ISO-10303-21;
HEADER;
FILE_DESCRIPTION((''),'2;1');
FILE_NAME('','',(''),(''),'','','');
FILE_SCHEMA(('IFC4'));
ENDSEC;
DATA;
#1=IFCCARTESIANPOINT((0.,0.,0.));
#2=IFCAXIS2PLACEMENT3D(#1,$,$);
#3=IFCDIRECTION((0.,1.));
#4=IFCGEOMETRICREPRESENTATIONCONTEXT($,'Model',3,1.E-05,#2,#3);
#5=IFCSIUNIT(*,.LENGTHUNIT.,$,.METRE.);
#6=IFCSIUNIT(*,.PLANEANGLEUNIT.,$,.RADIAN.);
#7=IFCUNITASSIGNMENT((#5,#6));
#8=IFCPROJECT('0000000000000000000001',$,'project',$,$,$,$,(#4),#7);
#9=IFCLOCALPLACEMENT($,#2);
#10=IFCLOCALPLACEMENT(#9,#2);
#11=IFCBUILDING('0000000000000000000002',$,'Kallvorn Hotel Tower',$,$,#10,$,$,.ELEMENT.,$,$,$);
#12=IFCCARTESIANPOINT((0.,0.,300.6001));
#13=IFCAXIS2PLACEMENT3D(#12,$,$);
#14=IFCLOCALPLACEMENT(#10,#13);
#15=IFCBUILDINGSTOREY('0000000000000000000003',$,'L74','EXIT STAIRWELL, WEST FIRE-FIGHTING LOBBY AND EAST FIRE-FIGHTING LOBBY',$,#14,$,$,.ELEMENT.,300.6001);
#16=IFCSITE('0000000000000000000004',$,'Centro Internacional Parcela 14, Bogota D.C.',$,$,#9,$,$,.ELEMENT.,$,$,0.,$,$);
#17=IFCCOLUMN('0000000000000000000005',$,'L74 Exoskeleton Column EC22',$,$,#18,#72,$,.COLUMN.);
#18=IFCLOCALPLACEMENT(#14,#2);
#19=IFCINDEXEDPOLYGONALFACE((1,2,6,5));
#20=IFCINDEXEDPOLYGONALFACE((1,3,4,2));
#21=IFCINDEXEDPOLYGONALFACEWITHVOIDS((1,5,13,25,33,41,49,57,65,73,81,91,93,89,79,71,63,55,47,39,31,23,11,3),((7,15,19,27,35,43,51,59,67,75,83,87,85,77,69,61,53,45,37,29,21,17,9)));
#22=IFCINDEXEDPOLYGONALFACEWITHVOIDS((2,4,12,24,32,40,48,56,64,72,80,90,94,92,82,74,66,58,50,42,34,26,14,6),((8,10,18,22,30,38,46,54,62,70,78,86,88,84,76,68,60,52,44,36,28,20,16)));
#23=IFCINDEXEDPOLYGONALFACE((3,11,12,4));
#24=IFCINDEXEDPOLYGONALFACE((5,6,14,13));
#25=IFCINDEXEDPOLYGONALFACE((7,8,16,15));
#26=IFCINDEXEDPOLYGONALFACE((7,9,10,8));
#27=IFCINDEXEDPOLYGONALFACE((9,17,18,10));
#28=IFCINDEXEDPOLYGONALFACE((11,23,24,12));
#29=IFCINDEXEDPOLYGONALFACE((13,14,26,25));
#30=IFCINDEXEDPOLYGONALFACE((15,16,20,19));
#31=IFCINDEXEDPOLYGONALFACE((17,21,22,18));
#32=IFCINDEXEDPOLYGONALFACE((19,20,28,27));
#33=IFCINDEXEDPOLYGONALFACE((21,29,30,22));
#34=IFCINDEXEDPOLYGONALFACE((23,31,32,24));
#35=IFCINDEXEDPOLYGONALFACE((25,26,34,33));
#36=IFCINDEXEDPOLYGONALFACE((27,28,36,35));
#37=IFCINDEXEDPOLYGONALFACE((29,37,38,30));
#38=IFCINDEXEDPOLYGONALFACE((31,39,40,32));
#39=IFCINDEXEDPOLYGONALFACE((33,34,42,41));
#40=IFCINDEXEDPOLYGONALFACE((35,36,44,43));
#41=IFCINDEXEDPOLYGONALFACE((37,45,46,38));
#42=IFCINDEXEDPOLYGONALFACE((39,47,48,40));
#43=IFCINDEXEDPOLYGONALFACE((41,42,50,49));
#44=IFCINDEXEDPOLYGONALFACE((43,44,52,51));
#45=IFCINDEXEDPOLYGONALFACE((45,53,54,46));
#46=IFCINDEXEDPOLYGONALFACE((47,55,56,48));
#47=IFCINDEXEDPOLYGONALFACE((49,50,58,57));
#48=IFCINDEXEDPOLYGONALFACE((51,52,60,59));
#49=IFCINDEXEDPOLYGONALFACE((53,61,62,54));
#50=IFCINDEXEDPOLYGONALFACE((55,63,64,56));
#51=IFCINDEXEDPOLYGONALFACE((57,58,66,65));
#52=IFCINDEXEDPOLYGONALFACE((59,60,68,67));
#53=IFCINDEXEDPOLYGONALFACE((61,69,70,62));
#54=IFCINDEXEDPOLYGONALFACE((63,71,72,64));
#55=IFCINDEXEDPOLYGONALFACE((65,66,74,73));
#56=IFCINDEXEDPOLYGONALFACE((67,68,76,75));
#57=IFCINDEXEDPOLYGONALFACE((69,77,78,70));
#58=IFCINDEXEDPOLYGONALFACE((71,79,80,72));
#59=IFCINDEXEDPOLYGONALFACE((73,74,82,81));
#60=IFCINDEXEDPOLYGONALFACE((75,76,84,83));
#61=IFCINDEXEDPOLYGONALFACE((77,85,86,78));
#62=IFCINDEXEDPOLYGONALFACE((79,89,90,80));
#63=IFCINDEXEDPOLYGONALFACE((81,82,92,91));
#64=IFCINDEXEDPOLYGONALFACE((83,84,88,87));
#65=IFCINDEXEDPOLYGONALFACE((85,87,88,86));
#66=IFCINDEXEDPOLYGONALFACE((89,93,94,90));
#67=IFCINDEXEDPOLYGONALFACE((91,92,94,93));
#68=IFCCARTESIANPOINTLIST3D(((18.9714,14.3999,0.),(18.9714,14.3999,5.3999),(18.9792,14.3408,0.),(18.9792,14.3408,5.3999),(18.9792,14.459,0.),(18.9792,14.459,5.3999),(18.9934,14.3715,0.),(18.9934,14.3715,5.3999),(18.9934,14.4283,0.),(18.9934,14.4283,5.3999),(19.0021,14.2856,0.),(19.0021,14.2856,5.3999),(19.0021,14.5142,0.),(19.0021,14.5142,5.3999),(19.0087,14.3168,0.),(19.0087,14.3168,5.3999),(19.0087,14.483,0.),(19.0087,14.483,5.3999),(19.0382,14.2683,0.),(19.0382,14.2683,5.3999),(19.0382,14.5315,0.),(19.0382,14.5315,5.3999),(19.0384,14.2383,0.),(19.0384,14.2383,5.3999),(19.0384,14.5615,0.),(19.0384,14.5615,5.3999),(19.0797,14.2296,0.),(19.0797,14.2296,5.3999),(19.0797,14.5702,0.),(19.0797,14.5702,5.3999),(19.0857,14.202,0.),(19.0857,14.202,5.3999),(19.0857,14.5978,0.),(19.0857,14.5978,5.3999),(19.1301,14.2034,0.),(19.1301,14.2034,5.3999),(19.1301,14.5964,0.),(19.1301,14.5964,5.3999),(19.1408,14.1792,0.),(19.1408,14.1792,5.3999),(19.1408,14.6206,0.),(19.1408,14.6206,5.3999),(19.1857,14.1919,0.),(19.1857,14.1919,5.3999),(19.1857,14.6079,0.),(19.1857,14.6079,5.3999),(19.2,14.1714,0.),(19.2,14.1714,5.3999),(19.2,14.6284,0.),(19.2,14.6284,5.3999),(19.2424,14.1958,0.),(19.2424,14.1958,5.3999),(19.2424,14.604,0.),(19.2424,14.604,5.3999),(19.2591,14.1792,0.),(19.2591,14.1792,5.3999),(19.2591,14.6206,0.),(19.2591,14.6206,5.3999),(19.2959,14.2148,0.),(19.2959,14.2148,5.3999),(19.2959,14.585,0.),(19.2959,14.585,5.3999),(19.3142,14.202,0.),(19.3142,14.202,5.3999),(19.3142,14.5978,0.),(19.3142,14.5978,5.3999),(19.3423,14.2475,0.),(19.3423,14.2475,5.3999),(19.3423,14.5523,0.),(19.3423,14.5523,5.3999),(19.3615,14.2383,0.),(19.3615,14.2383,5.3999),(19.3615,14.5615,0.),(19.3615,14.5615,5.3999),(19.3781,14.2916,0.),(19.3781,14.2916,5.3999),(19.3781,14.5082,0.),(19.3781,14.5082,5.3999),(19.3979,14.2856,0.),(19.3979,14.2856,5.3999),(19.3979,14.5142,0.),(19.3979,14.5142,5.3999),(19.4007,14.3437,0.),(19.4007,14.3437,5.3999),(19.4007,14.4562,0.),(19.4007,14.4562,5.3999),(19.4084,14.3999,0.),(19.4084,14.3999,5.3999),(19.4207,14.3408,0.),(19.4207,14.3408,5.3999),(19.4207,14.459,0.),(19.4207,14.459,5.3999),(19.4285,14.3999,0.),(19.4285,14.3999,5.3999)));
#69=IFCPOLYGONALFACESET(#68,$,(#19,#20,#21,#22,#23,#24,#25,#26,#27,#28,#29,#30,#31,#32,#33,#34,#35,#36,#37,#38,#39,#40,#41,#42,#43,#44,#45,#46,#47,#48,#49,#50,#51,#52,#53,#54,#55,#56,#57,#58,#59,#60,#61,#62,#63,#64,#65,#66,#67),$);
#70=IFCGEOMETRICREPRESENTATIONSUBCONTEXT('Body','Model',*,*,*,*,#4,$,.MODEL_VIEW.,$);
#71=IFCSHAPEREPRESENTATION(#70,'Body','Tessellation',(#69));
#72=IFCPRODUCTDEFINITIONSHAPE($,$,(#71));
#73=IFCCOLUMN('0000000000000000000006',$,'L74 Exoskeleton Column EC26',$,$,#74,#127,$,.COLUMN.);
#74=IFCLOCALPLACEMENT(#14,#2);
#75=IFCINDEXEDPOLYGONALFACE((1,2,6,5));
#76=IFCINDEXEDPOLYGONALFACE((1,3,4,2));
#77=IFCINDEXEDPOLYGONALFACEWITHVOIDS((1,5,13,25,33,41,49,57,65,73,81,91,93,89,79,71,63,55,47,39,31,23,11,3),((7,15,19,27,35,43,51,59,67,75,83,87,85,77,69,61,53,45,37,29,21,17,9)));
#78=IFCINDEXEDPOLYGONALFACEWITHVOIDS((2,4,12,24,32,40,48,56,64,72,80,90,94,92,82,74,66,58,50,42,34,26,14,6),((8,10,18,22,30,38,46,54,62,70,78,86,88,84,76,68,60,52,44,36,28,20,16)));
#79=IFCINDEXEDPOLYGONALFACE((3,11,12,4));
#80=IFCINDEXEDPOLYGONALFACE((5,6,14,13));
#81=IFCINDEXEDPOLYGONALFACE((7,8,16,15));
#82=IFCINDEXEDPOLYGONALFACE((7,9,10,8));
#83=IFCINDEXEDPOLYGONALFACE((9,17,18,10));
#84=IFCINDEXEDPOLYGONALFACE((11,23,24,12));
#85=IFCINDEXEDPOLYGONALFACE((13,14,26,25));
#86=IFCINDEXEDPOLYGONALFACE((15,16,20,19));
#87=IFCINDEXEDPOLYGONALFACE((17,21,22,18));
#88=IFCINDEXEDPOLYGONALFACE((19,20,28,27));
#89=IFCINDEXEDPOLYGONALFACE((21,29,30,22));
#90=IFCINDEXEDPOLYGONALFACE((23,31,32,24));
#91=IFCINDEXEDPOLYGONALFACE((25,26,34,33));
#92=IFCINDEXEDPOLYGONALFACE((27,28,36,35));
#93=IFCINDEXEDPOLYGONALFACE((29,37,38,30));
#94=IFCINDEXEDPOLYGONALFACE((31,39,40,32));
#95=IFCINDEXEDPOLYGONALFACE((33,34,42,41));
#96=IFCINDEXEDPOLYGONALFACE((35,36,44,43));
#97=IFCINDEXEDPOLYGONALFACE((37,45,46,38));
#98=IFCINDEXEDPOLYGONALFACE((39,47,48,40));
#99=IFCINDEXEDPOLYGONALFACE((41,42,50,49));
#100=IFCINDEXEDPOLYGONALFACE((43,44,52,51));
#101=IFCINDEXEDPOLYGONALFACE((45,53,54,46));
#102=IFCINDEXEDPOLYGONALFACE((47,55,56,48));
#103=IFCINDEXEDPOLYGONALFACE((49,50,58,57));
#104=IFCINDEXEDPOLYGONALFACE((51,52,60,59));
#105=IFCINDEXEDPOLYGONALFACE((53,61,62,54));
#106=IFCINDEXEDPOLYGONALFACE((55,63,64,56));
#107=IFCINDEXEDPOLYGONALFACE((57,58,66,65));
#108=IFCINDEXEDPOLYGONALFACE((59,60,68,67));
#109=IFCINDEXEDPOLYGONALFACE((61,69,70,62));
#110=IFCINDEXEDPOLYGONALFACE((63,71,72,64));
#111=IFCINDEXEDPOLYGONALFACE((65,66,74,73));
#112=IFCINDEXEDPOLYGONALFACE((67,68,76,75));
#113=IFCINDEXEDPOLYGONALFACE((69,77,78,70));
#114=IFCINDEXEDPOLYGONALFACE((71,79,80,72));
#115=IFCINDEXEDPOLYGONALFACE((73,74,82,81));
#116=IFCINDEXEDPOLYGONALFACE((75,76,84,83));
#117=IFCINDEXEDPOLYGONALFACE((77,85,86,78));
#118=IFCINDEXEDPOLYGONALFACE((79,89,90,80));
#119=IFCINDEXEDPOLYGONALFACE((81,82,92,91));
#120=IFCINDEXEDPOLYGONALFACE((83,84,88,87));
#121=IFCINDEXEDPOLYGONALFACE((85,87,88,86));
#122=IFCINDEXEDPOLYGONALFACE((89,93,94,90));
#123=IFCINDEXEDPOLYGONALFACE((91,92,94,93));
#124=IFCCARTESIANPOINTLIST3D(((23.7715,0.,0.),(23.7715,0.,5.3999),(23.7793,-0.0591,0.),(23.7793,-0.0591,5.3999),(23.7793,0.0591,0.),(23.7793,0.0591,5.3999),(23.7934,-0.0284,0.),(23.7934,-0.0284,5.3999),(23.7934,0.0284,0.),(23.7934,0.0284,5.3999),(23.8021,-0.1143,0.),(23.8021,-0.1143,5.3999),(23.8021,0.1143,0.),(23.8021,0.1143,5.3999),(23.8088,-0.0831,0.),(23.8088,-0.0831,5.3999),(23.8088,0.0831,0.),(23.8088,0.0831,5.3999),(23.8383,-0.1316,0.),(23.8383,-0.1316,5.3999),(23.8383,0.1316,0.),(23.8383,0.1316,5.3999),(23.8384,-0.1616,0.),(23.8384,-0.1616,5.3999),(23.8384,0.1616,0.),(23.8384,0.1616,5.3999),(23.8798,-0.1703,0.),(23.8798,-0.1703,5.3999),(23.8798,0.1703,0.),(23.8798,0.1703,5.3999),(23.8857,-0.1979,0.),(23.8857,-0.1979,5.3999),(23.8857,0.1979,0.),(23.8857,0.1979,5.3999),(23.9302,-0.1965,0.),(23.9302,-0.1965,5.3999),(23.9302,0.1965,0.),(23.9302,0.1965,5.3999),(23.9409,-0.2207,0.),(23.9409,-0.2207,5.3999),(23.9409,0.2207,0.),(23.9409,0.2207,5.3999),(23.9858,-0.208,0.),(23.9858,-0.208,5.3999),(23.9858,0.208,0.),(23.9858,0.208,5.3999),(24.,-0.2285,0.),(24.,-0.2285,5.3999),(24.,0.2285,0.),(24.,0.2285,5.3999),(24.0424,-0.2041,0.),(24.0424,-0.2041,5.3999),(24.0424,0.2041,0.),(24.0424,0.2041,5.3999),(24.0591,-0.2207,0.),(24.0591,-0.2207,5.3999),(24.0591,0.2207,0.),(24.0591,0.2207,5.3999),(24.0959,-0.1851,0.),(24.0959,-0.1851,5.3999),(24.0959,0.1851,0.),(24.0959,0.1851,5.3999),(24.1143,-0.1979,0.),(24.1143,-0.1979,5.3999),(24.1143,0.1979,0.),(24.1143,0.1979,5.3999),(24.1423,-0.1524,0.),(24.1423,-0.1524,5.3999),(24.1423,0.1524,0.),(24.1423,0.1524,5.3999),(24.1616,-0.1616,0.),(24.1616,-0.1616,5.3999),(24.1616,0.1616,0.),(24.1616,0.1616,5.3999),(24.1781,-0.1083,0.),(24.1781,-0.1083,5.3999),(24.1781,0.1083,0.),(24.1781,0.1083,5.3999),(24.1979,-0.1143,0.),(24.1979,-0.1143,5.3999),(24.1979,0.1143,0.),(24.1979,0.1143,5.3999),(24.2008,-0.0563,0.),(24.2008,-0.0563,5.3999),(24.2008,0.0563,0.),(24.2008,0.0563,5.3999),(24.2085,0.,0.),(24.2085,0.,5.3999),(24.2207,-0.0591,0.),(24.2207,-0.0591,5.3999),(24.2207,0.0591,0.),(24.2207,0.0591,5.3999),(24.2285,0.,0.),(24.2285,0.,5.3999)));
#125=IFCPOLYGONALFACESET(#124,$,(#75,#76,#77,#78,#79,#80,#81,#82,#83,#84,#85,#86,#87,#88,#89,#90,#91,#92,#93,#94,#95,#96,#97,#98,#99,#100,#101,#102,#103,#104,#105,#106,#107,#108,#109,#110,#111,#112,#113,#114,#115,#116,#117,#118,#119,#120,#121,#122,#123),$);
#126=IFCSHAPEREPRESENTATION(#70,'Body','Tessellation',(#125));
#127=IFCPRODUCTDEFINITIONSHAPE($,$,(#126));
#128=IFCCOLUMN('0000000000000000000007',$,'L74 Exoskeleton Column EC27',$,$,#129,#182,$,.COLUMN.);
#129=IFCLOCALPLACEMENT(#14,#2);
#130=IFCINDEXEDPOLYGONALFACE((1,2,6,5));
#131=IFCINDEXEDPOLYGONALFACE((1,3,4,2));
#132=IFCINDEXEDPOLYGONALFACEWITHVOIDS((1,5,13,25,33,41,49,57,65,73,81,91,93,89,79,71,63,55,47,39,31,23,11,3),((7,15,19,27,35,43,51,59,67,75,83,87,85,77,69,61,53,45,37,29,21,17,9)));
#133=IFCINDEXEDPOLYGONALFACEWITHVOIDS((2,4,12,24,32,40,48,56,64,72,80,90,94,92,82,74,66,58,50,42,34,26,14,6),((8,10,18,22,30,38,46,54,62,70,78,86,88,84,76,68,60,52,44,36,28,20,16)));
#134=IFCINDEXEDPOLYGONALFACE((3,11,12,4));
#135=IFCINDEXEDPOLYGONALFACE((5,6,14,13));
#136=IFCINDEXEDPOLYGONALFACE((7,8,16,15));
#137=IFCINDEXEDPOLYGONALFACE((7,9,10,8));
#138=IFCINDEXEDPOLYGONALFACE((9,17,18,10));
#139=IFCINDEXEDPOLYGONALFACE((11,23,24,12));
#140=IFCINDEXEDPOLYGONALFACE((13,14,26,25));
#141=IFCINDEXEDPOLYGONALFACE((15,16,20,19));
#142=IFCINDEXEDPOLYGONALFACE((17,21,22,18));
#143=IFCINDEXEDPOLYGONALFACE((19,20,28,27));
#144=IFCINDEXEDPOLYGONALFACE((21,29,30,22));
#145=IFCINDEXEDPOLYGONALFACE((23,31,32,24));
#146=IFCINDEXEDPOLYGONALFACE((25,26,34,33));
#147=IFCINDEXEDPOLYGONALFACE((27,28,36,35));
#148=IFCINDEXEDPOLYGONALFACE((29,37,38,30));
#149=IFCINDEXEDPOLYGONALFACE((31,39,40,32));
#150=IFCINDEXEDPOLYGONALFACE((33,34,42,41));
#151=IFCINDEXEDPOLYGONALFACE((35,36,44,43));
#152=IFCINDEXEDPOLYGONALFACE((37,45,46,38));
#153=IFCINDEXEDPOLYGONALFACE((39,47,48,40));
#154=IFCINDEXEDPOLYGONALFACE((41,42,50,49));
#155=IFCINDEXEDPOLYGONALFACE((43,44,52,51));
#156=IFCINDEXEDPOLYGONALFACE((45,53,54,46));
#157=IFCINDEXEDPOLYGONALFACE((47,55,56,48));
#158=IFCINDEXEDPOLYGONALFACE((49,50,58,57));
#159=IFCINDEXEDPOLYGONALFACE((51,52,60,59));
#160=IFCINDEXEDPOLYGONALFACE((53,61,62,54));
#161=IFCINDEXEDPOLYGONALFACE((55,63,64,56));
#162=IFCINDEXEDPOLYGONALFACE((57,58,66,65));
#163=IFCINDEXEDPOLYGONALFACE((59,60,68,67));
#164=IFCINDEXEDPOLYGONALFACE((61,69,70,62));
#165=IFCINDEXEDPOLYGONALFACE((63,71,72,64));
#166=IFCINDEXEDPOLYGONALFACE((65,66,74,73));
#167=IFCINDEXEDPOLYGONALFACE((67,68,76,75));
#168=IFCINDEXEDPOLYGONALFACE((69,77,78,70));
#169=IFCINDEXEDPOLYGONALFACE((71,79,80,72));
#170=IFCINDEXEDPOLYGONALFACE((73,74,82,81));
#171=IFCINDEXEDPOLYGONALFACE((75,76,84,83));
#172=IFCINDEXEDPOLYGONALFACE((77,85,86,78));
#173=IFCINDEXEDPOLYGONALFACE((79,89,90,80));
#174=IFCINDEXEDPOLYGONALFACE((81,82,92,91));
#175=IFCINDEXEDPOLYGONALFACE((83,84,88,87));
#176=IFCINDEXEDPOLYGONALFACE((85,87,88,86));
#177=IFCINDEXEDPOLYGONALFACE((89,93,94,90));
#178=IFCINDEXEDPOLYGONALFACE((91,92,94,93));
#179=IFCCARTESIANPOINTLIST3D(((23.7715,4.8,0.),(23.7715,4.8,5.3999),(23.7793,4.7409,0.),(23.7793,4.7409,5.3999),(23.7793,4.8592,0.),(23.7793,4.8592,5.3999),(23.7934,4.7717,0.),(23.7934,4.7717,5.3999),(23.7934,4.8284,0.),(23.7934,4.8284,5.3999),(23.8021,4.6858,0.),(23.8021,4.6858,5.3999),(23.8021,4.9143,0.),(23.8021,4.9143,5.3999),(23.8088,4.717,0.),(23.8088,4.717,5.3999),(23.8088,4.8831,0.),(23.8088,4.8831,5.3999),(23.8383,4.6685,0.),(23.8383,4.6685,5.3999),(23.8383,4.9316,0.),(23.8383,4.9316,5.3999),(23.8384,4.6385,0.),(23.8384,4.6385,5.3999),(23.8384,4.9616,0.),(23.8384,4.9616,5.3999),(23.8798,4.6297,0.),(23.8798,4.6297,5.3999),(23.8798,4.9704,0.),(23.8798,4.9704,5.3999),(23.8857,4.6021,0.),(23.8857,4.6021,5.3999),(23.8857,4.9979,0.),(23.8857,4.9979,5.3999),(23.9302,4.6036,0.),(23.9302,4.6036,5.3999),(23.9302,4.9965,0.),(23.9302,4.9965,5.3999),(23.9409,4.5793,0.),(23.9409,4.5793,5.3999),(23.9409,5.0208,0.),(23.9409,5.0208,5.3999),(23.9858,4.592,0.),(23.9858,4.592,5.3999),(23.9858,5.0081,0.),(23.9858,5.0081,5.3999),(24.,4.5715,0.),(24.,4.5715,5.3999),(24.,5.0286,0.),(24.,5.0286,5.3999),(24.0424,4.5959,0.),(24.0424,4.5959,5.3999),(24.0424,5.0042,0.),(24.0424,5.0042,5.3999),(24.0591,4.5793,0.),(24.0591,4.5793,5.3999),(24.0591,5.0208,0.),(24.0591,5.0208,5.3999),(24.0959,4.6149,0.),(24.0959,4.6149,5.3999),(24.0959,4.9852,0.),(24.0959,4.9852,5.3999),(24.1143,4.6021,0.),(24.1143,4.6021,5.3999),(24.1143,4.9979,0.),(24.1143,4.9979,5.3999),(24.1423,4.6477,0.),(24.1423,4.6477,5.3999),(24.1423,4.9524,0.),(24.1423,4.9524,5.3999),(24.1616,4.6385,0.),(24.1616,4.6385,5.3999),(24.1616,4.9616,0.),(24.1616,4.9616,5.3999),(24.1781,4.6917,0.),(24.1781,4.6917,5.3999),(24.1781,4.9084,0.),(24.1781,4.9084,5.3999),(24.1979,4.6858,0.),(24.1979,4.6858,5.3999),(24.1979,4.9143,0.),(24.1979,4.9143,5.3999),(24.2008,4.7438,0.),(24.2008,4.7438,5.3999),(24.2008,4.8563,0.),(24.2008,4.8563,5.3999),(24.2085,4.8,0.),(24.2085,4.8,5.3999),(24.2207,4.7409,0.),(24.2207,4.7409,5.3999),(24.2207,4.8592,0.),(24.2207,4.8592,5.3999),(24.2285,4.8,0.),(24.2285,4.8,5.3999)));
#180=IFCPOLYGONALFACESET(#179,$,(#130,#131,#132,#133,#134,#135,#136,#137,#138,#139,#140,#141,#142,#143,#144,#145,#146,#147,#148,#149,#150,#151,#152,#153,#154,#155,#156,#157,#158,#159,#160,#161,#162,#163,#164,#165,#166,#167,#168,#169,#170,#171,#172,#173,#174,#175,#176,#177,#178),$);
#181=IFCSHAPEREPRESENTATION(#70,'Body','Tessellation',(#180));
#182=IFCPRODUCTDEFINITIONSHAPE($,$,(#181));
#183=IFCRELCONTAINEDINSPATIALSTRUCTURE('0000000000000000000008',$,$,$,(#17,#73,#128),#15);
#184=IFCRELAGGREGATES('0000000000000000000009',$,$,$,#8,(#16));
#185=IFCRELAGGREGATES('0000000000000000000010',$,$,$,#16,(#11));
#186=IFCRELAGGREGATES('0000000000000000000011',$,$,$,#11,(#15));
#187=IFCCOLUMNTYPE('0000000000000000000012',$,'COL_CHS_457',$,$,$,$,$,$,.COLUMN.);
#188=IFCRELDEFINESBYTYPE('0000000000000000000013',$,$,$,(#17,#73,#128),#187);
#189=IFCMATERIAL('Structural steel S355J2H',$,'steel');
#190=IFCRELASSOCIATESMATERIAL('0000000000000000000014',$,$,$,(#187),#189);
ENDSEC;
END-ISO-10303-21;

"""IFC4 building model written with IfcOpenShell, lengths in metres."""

from ifc_helpers import new_model, si_unit, direction, frame, origin, origin_2d, place, context, subcontext, project, spatial, hollow_circle, extrude, material, material_profile, profile_set, type_object, element, save


model = new_model("IFC4")

# Units and contexts
model_context = context("Model", 3, precision=1e-05, world=origin(), true_north=direction((0.0, 1.0)))
body_context = subcontext(model_context, "Body", "Model", "MODEL_VIEW")
ifc_project = project(units=[si_unit("LENGTHUNIT", "METRE"), si_unit("PLANEANGLEUNIT", "RADIAN")], contexts=[model_context])

# Site, building, storey
site_placement = place(None, origin())
site = spatial("IfcSite", under=ifc_project, at=site_placement, Name="Centro Internacional Parcela 14, Bogota D.C.", CompositionType="ELEMENT", RefElevation=0.0)
building_placement = place(site_placement, origin())
building = spatial("IfcBuilding", under=site, at=building_placement, Name="Kallvorn Hotel Tower", CompositionType="ELEMENT")
storey_placement = place(building_placement, frame((0.0, 0.0, 300.6001)))
storey = spatial("IfcBuildingStorey", under=building, at=storey_placement, Name="L74", Description="EXIT STAIRWELL, WEST FIRE-FIGHTING LOBBY AND EAST FIRE-FIGHTING LOBBY", CompositionType="ELEMENT", Elevation=300.6001)

# Columns
ifc_material_1 = material(Name="Structural steel S355J2H", Category="steel")
ifc_material_profile_1 = material_profile(ifc_material_1, hollow_circle(Radius=0.2285, WallThickness=0.02, at=origin_2d()), Name="CHS 457x20")
ifc_profile_set_1 = profile_set([ifc_material_profile_1], Name="Structural steel S355J2H")
column_type_1 = type_object("IfcColumnType", Name="COL_CHS_457", PredefinedType="COLUMN", material=ifc_profile_set_1)
for number, where, z_axis, x_axis, name in (
    (1, (19.2, 14.3999, 0.0), (0.0, 0.0, 1.0), (1.0, 0.0, 0.0), "L74 Exoskeleton Column EC22"),
    (2, (24.0, 0.0, 0.0), (0.0, 0.0, 1.0), (1.0, 0.0, 0.0), "L74 Exoskeleton Column EC26"),
    (3, (24.0, 4.8, 0.0), (0.0, 0.0, 1.0), (1.0, 0.0, 0.0), "L74 Exoskeleton Column EC27"),
):
    element("IfcColumn", number, at=place(storey_placement, frame(where, z_axis=z_axis, x_axis=x_axis)), inside=storey, type_object=column_type_1, Name=name, PredefinedType="COLUMN", context=body_context, shape_type="SweptSolid", body=[
        extrude(hollow_circle(Radius=0.2285, WallThickness=0.02, at=origin_2d()), origin(), (0.0, 0.0, 1.0), 5.3999),
    ])

save(model, "model.ifc")
